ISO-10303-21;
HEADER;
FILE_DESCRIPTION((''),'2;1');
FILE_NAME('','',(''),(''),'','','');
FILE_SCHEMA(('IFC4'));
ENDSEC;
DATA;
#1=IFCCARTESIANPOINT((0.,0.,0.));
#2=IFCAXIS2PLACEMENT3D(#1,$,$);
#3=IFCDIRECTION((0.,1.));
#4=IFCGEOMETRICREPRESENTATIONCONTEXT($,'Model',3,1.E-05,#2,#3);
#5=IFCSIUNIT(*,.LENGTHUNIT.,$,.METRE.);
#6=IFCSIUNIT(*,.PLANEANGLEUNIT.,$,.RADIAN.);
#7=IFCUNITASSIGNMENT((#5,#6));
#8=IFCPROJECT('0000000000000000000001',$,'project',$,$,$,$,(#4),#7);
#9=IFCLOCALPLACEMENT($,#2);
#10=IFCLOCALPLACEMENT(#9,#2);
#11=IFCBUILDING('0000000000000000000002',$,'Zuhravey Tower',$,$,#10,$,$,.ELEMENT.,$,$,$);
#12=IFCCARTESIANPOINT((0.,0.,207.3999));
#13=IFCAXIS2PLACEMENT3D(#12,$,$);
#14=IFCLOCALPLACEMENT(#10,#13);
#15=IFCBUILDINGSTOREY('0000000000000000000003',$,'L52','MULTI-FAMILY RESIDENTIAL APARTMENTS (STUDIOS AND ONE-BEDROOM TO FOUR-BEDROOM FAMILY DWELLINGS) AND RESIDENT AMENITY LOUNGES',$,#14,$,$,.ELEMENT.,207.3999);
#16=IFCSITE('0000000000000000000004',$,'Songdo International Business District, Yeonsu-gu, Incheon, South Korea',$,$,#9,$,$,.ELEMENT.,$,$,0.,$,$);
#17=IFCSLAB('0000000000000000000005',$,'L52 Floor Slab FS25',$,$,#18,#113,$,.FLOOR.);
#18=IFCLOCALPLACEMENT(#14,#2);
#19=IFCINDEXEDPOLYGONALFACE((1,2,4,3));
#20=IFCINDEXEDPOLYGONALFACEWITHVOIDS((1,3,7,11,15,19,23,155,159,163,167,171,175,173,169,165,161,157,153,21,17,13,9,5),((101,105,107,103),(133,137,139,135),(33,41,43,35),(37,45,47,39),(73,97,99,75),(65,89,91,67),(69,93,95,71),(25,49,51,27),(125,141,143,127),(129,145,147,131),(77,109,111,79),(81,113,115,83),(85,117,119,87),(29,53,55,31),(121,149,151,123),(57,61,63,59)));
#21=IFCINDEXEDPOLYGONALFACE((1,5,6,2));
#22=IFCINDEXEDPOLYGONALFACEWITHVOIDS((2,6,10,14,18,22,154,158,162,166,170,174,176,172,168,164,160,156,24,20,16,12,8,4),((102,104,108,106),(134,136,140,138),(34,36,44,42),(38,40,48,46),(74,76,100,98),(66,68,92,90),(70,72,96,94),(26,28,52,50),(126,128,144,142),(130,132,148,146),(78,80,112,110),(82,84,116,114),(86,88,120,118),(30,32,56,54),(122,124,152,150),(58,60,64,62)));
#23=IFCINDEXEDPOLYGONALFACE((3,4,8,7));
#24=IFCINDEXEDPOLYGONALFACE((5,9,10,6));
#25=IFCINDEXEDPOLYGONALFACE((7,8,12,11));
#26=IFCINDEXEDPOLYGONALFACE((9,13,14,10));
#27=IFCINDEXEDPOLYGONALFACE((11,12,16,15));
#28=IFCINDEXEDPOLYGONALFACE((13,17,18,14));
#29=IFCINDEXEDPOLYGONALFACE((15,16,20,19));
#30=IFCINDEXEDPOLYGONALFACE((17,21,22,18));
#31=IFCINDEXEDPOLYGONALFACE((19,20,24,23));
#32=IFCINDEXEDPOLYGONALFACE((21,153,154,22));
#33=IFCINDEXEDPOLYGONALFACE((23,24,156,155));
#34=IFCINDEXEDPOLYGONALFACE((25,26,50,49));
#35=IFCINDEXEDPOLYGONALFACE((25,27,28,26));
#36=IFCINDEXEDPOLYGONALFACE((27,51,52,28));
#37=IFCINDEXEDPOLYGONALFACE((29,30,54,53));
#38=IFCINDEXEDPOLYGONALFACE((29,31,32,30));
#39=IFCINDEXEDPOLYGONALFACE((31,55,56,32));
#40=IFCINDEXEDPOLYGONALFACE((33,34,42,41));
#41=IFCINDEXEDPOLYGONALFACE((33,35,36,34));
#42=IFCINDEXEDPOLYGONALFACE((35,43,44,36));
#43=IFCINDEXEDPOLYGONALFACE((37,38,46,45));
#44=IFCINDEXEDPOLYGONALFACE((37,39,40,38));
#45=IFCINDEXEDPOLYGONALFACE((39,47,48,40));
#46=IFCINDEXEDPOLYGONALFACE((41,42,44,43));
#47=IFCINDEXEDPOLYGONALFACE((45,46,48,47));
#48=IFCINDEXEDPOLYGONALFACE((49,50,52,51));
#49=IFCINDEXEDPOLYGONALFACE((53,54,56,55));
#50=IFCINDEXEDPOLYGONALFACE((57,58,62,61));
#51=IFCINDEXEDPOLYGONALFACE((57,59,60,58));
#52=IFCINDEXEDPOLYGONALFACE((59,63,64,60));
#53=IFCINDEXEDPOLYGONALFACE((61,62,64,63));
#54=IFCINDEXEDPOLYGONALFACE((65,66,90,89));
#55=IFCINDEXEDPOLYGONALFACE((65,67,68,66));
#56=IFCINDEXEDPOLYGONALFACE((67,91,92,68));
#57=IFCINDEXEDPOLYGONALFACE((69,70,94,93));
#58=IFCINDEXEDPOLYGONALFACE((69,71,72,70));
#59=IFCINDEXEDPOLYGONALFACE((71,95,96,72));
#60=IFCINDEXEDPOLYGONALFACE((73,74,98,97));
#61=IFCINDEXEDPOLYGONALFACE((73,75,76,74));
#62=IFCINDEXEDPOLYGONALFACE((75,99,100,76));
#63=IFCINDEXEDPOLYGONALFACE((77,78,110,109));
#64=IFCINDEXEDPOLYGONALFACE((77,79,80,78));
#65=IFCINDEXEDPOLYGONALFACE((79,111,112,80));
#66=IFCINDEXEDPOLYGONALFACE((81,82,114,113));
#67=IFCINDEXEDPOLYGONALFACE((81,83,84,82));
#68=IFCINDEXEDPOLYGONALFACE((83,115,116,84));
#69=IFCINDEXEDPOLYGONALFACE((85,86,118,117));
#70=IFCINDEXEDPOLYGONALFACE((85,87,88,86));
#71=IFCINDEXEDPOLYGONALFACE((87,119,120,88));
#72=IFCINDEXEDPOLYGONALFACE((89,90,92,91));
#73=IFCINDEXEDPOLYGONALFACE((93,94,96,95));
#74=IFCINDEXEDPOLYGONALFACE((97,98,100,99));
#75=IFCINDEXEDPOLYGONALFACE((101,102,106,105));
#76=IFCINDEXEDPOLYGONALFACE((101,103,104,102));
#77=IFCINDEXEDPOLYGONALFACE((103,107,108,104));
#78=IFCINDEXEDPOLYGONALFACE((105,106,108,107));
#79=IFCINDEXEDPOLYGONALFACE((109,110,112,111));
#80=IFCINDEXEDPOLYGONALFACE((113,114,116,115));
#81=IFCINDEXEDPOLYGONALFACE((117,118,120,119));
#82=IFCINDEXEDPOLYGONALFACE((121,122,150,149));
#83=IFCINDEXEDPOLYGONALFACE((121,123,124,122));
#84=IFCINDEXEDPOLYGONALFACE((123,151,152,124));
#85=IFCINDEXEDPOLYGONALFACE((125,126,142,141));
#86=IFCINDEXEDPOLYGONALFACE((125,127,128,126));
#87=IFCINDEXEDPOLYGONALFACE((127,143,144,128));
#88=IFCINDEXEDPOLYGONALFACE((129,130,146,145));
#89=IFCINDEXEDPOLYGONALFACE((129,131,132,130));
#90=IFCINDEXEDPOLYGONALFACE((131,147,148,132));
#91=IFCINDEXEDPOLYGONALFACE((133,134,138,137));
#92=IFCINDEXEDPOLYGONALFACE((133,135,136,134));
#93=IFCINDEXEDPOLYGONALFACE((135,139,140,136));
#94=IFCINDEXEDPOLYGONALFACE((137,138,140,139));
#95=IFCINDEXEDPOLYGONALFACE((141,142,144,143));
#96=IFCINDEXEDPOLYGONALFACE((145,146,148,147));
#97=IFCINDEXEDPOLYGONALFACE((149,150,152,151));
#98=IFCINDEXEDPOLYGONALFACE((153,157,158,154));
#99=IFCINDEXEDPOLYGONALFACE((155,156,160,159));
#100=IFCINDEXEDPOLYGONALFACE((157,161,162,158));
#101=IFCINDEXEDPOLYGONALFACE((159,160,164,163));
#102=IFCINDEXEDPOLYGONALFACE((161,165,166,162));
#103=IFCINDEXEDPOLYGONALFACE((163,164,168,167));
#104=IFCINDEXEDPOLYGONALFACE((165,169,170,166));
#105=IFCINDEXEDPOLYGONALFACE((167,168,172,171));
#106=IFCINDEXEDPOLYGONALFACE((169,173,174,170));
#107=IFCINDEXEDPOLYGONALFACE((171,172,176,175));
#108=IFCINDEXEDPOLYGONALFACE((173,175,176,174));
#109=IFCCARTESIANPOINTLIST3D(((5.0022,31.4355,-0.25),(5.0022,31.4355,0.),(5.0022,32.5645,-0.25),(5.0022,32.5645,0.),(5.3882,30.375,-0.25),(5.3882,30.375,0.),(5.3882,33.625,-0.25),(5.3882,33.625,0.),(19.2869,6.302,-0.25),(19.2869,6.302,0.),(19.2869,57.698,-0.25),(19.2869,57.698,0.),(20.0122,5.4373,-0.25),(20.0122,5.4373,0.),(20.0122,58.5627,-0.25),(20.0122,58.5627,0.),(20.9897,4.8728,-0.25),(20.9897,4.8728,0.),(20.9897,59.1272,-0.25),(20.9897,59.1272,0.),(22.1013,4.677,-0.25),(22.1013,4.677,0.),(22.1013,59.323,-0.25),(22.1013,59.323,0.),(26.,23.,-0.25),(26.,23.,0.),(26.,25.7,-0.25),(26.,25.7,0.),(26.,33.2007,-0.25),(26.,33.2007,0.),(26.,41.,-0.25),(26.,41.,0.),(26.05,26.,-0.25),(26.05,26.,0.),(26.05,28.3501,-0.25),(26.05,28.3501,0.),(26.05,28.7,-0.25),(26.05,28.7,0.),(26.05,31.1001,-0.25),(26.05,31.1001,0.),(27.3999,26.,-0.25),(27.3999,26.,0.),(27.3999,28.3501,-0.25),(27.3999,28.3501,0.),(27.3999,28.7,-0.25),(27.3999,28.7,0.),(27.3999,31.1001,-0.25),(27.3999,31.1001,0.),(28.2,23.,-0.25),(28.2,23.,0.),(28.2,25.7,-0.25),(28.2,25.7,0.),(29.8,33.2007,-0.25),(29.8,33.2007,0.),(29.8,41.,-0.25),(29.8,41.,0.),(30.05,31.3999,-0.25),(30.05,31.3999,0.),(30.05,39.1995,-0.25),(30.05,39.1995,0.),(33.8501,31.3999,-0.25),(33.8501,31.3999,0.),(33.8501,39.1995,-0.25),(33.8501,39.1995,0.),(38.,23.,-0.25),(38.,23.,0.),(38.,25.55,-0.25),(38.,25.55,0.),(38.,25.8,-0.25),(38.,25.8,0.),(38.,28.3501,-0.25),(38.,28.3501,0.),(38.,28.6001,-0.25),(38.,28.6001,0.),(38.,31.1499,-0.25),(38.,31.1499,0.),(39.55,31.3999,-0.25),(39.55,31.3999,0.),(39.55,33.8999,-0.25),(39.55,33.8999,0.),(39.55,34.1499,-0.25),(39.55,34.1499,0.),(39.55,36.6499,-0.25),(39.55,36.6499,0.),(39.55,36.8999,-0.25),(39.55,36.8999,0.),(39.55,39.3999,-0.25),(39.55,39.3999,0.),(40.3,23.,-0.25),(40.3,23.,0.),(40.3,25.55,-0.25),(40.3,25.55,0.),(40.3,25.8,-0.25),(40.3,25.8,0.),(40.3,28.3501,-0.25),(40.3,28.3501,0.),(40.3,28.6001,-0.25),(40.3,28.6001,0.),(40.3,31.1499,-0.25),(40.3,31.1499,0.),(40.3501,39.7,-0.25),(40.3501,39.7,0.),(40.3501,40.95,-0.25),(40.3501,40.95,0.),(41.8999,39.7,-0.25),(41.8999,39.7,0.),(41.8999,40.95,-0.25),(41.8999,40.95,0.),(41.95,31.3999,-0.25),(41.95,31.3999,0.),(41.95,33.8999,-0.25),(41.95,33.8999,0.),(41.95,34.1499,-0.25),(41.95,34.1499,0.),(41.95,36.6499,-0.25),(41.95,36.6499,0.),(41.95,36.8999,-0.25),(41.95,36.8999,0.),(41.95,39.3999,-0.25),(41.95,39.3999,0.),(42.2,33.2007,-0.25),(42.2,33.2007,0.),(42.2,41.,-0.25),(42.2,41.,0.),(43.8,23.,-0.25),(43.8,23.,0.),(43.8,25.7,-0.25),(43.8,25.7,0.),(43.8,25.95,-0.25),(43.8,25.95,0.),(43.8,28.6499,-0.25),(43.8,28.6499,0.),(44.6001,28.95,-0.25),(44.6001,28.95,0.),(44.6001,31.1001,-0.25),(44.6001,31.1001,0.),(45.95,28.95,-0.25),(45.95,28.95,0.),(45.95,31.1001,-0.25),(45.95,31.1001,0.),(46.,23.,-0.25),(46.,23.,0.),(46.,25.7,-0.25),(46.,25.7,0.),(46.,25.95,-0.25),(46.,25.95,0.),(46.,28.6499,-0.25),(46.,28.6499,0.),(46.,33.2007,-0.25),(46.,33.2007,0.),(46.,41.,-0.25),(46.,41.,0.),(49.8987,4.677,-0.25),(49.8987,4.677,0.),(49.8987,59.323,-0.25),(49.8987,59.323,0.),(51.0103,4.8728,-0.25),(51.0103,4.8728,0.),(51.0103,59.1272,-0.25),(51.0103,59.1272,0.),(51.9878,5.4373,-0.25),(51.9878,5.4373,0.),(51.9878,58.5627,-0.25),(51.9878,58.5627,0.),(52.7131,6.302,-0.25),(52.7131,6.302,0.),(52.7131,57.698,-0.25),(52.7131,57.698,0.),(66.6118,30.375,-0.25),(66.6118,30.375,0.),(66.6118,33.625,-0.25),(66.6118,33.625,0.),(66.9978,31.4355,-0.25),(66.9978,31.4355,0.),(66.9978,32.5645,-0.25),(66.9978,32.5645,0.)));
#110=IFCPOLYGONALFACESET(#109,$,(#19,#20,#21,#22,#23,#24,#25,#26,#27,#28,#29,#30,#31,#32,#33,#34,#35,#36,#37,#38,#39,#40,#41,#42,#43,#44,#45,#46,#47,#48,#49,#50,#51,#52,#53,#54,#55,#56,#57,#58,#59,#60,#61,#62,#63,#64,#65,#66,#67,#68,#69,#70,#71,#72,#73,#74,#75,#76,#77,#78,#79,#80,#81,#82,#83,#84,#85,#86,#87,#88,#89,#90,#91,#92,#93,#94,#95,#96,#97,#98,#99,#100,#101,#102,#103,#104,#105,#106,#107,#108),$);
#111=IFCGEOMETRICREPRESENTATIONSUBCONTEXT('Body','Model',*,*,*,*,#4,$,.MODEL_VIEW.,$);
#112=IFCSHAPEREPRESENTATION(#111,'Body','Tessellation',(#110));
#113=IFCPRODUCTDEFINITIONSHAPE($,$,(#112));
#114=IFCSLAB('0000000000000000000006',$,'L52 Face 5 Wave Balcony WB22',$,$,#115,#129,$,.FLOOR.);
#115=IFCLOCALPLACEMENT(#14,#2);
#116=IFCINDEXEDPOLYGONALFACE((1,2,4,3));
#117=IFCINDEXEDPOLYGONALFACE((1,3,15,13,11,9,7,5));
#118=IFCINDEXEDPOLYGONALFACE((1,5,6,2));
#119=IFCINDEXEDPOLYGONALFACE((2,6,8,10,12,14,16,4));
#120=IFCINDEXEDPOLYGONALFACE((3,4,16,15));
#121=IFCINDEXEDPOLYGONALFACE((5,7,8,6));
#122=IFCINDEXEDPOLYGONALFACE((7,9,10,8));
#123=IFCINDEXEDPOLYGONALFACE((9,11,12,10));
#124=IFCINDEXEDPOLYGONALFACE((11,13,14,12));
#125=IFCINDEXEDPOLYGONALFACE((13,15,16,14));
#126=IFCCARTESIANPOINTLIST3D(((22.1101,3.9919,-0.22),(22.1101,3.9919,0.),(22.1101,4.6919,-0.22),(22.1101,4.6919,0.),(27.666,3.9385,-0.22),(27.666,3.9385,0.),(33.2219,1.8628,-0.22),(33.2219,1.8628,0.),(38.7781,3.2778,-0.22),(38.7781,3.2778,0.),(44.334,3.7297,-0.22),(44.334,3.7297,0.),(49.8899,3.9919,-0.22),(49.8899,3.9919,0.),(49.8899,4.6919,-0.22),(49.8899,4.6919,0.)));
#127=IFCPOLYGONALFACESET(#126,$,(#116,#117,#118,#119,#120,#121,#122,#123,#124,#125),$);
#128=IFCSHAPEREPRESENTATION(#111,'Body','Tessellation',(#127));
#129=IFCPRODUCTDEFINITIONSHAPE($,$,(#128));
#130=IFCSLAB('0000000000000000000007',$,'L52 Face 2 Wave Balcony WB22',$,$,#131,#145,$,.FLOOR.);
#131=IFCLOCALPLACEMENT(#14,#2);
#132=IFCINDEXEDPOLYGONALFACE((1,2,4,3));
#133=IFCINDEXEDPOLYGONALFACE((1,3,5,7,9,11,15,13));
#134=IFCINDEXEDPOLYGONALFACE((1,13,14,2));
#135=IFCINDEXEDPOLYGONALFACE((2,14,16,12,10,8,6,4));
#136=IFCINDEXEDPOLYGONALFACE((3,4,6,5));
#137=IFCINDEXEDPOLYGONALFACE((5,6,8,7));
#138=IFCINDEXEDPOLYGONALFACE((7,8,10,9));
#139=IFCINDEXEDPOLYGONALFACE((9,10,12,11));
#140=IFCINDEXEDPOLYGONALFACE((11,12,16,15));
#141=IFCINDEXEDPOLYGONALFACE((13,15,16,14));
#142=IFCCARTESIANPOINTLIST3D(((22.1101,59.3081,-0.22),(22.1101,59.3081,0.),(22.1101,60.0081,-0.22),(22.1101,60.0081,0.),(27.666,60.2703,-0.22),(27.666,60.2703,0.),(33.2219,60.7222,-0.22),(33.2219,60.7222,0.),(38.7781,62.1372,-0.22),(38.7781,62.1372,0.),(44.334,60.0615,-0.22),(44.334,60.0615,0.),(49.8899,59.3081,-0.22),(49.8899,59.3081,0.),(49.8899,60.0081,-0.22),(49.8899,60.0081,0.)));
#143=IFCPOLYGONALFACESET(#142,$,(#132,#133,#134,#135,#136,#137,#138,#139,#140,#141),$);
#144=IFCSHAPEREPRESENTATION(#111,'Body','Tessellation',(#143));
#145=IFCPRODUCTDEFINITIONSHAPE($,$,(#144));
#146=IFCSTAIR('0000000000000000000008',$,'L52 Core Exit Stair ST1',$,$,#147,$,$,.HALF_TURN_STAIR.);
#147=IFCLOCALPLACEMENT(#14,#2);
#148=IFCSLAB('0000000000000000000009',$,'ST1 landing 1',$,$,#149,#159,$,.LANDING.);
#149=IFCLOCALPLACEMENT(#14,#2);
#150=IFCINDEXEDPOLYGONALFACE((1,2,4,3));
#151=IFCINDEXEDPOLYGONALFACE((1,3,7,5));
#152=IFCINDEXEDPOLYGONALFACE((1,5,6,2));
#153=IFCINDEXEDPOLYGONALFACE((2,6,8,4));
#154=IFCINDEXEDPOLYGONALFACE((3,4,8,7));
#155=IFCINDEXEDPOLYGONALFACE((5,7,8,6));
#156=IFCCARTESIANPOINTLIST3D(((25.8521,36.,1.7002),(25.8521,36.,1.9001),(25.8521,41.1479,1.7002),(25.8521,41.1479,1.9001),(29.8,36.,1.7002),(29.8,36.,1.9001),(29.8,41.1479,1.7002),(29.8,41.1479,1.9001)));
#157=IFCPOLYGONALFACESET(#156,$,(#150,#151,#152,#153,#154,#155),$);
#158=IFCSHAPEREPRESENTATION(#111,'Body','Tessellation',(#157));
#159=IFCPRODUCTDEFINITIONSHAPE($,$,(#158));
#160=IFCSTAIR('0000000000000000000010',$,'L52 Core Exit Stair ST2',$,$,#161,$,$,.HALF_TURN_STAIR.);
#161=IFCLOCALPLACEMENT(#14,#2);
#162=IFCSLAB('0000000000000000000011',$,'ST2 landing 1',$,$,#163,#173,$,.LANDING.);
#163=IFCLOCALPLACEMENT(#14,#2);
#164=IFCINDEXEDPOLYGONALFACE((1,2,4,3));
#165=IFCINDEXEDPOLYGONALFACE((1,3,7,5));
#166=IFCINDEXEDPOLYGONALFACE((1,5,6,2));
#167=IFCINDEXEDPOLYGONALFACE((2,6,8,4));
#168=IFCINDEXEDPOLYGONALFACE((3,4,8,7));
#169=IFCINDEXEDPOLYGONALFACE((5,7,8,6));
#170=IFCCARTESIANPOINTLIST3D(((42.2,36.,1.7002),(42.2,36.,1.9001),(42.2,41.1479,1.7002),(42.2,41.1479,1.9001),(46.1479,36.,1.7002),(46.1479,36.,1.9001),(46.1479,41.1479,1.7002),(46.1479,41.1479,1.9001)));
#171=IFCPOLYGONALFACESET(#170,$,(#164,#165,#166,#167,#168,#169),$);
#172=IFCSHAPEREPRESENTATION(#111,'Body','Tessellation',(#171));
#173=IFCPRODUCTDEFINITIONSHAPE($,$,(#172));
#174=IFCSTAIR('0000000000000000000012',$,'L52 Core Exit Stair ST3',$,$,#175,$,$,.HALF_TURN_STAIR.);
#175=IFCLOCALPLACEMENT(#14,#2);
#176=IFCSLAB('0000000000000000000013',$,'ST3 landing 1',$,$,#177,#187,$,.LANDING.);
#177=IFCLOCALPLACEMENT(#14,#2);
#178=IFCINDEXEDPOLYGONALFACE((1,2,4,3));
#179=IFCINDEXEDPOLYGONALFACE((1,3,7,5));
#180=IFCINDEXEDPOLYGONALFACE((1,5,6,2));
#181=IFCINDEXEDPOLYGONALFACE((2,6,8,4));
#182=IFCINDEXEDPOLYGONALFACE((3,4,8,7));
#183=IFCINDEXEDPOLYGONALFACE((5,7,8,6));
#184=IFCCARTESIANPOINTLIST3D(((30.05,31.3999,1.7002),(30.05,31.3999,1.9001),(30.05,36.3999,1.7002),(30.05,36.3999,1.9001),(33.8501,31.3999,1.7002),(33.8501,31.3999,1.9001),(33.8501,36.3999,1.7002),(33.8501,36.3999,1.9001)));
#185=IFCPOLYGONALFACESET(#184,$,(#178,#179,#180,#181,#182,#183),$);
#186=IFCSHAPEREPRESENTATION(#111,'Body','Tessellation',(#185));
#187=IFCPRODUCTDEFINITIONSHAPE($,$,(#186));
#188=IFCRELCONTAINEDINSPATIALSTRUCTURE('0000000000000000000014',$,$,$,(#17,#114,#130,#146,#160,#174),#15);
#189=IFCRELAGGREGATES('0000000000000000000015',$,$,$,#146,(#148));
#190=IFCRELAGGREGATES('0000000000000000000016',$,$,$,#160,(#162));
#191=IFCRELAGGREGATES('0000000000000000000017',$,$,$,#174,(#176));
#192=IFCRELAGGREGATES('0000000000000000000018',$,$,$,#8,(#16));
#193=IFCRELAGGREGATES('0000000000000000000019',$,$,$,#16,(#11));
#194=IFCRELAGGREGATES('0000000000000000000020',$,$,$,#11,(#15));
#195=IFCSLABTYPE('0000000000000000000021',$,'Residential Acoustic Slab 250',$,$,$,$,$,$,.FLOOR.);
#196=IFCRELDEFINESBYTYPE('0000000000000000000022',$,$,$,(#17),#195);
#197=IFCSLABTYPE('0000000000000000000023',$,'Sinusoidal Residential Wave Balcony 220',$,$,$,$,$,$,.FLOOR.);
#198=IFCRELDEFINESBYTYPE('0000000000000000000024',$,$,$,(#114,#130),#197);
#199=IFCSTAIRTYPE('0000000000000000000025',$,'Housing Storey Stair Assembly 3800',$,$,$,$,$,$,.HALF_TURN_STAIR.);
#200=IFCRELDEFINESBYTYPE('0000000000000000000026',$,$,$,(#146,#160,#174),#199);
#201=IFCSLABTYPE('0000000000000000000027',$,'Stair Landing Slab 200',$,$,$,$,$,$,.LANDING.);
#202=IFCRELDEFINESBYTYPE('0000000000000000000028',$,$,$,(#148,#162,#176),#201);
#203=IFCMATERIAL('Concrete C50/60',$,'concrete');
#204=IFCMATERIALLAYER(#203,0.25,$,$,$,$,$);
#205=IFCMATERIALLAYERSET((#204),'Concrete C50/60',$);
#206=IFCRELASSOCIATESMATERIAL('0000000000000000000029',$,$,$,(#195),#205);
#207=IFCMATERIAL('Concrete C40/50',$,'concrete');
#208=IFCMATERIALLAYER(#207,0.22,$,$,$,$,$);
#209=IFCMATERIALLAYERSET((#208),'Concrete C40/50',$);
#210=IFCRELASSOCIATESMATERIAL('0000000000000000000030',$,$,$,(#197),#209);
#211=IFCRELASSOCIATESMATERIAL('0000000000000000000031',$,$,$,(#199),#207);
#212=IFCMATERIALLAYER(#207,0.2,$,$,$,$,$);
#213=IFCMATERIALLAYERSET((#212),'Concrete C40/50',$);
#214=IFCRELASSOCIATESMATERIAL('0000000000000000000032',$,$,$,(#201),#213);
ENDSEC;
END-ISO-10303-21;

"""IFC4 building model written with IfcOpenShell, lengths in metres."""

from ifc_helpers import new_model, si_unit, direction, frame, origin, place, context, subcontext, project, spatial, polyline, outline, extrude, material, layer, layer_set, type_object, element, aggregate, save


model = new_model("IFC4")

# Units and contexts
model_context = context("Model", 3, precision=1e-05, world=origin(), true_north=direction((0.0, 1.0)))
body_context = subcontext(model_context, "Body", "Model", "MODEL_VIEW")
ifc_project = project(units=[si_unit("LENGTHUNIT", "METRE"), si_unit("PLANEANGLEUNIT", "RADIAN")], contexts=[model_context])

# Site, building, storey
site_placement = place(None, origin())
site = spatial("IfcSite", under=ifc_project, at=site_placement, Name="Songdo International Business District, Yeonsu-gu, Incheon, South Korea", CompositionType="ELEMENT", RefElevation=0.0)
building_placement = place(site_placement, origin())
building = spatial("IfcBuilding", under=site, at=building_placement, Name="Zuhravey Tower", CompositionType="ELEMENT")
storey_placement = place(building_placement, frame((0.0, 0.0, 207.3999)))
storey = spatial("IfcBuildingStorey", under=building, at=storey_placement, Name="L52", Description="MULTI-FAMILY RESIDENTIAL APARTMENTS (STUDIOS AND ONE-BEDROOM TO FOUR-BEDROOM FAMILY DWELLINGS) AND RESIDENT AMENITY LOUNGES", CompositionType="ELEMENT", Elevation=207.3999)

# Shared definitions
ifc_material_1 = material(Name="Concrete C50/60", Category="concrete")

# Slabs
ifc_layer_1 = layer(ifc_material_1, 0.25)
ifc_layer_set_1 = layer_set([ifc_layer_1], Name="Concrete C50/60")
slab_type_1 = type_object("IfcSlabType", Name="Residential Acoustic Slab 250", PredefinedType="FLOOR", material=ifc_layer_set_1)
slab_1_placement = place(storey_placement, frame((0.0, 0.0, -0.25)))
element("IfcSlab", 1, at=slab_1_placement, inside=storey, type_object=slab_type_1, Name="L52 Floor Slab FS25", PredefinedType="FLOOR", context=body_context, shape_type="SweptSolid", body=[
    extrude(outline(polyline([(66.6118, 30.375), (66.9978, 31.4355), (66.9978, 32.5645), (66.6118, 33.625), (52.7131, 57.698), (51.9878, 58.5627), (51.0103, 59.1272), (49.8987, 59.323), (22.1013, 59.323), (20.9897, 59.1272), (20.0122, 58.5627), (19.2869, 57.698), (5.3882, 33.625), (5.0022, 32.5645), (5.0022, 31.4355), (5.3882, 30.375), (19.2869, 6.302), (20.0122, 5.4373), (20.9897, 4.8728), (22.1013, 4.677), (49.8987, 4.677), (51.0103, 4.8728), (51.9878, 5.4373), (52.7131, 6.302), (66.6118, 30.375)]), holes=[polyline([(29.8, 33.2007), (29.8, 41.0), (26.0, 41.0), (26.0, 33.2007), (29.8, 33.2007)]), polyline([(46.0, 33.2007), (46.0, 41.0), (42.2, 41.0), (42.2, 33.2007), (46.0, 33.2007)]), polyline([(30.05, 39.1995), (30.05, 31.3999), (33.8501, 31.3999), (33.8501, 39.1995), (30.05, 39.1995)]), polyline([(38.0, 23.0), (40.3, 23.0), (40.3, 25.55), (38.0, 25.55), (38.0, 23.0)]), polyline([(38.0, 25.8), (40.3, 25.8), (40.3, 28.3501), (38.0, 28.3501), (38.0, 25.8)]), polyline([(38.0, 28.6001), (40.3, 28.6001), (40.3, 31.1499), (38.0, 31.1499), (38.0, 28.6001)]), polyline([(39.55, 31.3999), (41.95, 31.3999), (41.95, 33.8999), (39.55, 33.8999), (39.55, 31.3999)]), polyline([(39.55, 34.1499), (41.95, 34.1499), (41.95, 36.6499), (39.55, 36.6499), (39.55, 34.1499)]), polyline([(39.55, 36.8999), (41.95, 36.8999), (41.95, 39.3999), (39.55, 39.3999), (39.55, 36.8999)]), polyline([(26.0, 23.0), (28.2, 23.0), (28.2, 25.7), (26.0, 25.7), (26.0, 23.0)]), polyline([(43.8, 23.0), (46.0, 23.0), (46.0, 25.7), (43.8, 25.7), (43.8, 23.0)]), polyline([(43.8, 25.95), (46.0, 25.95), (46.0, 28.6499), (43.8, 28.6499), (43.8, 25.95)]), polyline([(26.05, 26.0), (27.3999, 26.0), (27.3999, 28.3501), (26.05, 28.3501), (26.05, 26.0)]), polyline([(26.05, 28.7), (27.3999, 28.7), (27.3999, 31.1001), (26.05, 31.1001), (26.05, 28.7)]), polyline([(44.6001, 28.95), (45.95, 28.95), (45.95, 31.1001), (44.6001, 31.1001), (44.6001, 28.95)]), polyline([(40.3501, 39.7), (41.8999, 39.7), (41.8999, 40.95), (40.3501, 40.95), (40.3501, 39.7)])]), origin(), (0.0, 0.0, 1.0), 0.25),
])
ifc_material_2 = material(Name="Concrete C40/50", Category="concrete")
ifc_layer_2 = layer(ifc_material_2, 0.22)
ifc_layer_set_2 = layer_set([ifc_layer_2], Name="Concrete C40/50")
slab_type_2 = type_object("IfcSlabType", Name="Sinusoidal Residential Wave Balcony 220", PredefinedType="FLOOR", material=ifc_layer_set_2)
slab_2_placement = place(storey_placement, frame((0.0, 0.0, -0.22)))
element("IfcSlab", 2, at=slab_2_placement, inside=storey, type_object=slab_type_2, Name="L52 Face 5 Wave Balcony WB22", PredefinedType="FLOOR", context=body_context, shape_type="SweptSolid", body=[
    extrude(outline(polyline([(22.1101, 4.6919), (49.8899, 4.6919), (49.8899, 3.9919), (44.334, 3.7297), (38.7781, 3.2778), (33.2219, 1.8628), (27.666, 3.9385), (22.1101, 3.9919), (22.1101, 4.6919)])), origin(), (0.0, 0.0, 1.0), 0.22),
])
slab_3_placement = place(storey_placement, frame((0.0, 0.0, -0.22)))
element("IfcSlab", 3, at=slab_3_placement, inside=storey, type_object=slab_type_2, Name="L52 Face 2 Wave Balcony WB22", PredefinedType="FLOOR", context=body_context, shape_type="SweptSolid", body=[
    extrude(outline(polyline([(49.8899, 59.3081), (22.1101, 59.3081), (22.1101, 60.0081), (27.666, 60.2703), (33.2219, 60.7222), (38.7781, 62.1372), (44.334, 60.0615), (49.8899, 60.0081), (49.8899, 59.3081)])), origin(), (0.0, 0.0, 1.0), 0.22),
])

# Stairs, slabs
stair_type = type_object("IfcStairType", Name="Housing Storey Stair Assembly 3800", PredefinedType="HALF_TURN_STAIR", material=ifc_material_2)
stair_1_placement = place(storey_placement, origin())
stair_1 = element("IfcStair", 4, at=stair_1_placement, inside=storey, type_object=stair_type, Name="L52 Core Exit Stair ST1", PredefinedType="HALF_TURN_STAIR")
ifc_layer_3 = layer(ifc_material_2, 0.2)
ifc_layer_set_3 = layer_set([ifc_layer_3], Name="Concrete C40/50")
slab_type_3 = type_object("IfcSlabType", Name="Stair Landing Slab 200", PredefinedType="LANDING", material=ifc_layer_set_3)
slab_4_placement = place(storey_placement, frame((0.0, 0.0, 1.7002)))
slab_4 = element("IfcSlab", 5, at=slab_4_placement, type_object=slab_type_3, Name="ST1 landing 1", PredefinedType="LANDING", context=body_context, shape_type="SweptSolid", body=[
    extrude(outline(polyline([(29.8, 36.0), (29.8, 41.1479), (25.8521, 41.1479), (25.8521, 36.0), (29.8, 36.0)])), origin(), (0.0, 0.0, 1.0), 0.2),
])
aggregate(stair_1, [slab_4])
stair_2_placement = place(storey_placement, origin())
stair_2 = element("IfcStair", 6, at=stair_2_placement, inside=storey, type_object=stair_type, Name="L52 Core Exit Stair ST2", PredefinedType="HALF_TURN_STAIR")
slab_5_placement = place(storey_placement, frame((0.0, 0.0, 1.7002)))
slab_5 = element("IfcSlab", 7, at=slab_5_placement, type_object=slab_type_3, Name="ST2 landing 1", PredefinedType="LANDING", context=body_context, shape_type="SweptSolid", body=[
    extrude(outline(polyline([(46.1479, 36.0), (46.1479, 41.1479), (42.2, 41.1479), (42.2, 36.0), (46.1479, 36.0)])), origin(), (0.0, 0.0, 1.0), 0.2),
])
aggregate(stair_2, [slab_5])
stair_3_placement = place(storey_placement, origin())
stair_3 = element("IfcStair", 8, at=stair_3_placement, inside=storey, type_object=stair_type, Name="L52 Core Exit Stair ST3", PredefinedType="HALF_TURN_STAIR")
slab_6_placement = place(storey_placement, frame((0.0, 0.0, 1.7002)))
slab_6 = element("IfcSlab", 9, at=slab_6_placement, type_object=slab_type_3, Name="ST3 landing 1", PredefinedType="LANDING", context=body_context, shape_type="SweptSolid", body=[
    extrude(outline(polyline([(30.05, 36.3999), (30.05, 31.3999), (33.8501, 31.3999), (33.8501, 36.3999), (30.05, 36.3999)])), origin(), (0.0, 0.0, 1.0), 0.2),
])
aggregate(stair_3, [slab_6])

save(model, "model.ifc")
